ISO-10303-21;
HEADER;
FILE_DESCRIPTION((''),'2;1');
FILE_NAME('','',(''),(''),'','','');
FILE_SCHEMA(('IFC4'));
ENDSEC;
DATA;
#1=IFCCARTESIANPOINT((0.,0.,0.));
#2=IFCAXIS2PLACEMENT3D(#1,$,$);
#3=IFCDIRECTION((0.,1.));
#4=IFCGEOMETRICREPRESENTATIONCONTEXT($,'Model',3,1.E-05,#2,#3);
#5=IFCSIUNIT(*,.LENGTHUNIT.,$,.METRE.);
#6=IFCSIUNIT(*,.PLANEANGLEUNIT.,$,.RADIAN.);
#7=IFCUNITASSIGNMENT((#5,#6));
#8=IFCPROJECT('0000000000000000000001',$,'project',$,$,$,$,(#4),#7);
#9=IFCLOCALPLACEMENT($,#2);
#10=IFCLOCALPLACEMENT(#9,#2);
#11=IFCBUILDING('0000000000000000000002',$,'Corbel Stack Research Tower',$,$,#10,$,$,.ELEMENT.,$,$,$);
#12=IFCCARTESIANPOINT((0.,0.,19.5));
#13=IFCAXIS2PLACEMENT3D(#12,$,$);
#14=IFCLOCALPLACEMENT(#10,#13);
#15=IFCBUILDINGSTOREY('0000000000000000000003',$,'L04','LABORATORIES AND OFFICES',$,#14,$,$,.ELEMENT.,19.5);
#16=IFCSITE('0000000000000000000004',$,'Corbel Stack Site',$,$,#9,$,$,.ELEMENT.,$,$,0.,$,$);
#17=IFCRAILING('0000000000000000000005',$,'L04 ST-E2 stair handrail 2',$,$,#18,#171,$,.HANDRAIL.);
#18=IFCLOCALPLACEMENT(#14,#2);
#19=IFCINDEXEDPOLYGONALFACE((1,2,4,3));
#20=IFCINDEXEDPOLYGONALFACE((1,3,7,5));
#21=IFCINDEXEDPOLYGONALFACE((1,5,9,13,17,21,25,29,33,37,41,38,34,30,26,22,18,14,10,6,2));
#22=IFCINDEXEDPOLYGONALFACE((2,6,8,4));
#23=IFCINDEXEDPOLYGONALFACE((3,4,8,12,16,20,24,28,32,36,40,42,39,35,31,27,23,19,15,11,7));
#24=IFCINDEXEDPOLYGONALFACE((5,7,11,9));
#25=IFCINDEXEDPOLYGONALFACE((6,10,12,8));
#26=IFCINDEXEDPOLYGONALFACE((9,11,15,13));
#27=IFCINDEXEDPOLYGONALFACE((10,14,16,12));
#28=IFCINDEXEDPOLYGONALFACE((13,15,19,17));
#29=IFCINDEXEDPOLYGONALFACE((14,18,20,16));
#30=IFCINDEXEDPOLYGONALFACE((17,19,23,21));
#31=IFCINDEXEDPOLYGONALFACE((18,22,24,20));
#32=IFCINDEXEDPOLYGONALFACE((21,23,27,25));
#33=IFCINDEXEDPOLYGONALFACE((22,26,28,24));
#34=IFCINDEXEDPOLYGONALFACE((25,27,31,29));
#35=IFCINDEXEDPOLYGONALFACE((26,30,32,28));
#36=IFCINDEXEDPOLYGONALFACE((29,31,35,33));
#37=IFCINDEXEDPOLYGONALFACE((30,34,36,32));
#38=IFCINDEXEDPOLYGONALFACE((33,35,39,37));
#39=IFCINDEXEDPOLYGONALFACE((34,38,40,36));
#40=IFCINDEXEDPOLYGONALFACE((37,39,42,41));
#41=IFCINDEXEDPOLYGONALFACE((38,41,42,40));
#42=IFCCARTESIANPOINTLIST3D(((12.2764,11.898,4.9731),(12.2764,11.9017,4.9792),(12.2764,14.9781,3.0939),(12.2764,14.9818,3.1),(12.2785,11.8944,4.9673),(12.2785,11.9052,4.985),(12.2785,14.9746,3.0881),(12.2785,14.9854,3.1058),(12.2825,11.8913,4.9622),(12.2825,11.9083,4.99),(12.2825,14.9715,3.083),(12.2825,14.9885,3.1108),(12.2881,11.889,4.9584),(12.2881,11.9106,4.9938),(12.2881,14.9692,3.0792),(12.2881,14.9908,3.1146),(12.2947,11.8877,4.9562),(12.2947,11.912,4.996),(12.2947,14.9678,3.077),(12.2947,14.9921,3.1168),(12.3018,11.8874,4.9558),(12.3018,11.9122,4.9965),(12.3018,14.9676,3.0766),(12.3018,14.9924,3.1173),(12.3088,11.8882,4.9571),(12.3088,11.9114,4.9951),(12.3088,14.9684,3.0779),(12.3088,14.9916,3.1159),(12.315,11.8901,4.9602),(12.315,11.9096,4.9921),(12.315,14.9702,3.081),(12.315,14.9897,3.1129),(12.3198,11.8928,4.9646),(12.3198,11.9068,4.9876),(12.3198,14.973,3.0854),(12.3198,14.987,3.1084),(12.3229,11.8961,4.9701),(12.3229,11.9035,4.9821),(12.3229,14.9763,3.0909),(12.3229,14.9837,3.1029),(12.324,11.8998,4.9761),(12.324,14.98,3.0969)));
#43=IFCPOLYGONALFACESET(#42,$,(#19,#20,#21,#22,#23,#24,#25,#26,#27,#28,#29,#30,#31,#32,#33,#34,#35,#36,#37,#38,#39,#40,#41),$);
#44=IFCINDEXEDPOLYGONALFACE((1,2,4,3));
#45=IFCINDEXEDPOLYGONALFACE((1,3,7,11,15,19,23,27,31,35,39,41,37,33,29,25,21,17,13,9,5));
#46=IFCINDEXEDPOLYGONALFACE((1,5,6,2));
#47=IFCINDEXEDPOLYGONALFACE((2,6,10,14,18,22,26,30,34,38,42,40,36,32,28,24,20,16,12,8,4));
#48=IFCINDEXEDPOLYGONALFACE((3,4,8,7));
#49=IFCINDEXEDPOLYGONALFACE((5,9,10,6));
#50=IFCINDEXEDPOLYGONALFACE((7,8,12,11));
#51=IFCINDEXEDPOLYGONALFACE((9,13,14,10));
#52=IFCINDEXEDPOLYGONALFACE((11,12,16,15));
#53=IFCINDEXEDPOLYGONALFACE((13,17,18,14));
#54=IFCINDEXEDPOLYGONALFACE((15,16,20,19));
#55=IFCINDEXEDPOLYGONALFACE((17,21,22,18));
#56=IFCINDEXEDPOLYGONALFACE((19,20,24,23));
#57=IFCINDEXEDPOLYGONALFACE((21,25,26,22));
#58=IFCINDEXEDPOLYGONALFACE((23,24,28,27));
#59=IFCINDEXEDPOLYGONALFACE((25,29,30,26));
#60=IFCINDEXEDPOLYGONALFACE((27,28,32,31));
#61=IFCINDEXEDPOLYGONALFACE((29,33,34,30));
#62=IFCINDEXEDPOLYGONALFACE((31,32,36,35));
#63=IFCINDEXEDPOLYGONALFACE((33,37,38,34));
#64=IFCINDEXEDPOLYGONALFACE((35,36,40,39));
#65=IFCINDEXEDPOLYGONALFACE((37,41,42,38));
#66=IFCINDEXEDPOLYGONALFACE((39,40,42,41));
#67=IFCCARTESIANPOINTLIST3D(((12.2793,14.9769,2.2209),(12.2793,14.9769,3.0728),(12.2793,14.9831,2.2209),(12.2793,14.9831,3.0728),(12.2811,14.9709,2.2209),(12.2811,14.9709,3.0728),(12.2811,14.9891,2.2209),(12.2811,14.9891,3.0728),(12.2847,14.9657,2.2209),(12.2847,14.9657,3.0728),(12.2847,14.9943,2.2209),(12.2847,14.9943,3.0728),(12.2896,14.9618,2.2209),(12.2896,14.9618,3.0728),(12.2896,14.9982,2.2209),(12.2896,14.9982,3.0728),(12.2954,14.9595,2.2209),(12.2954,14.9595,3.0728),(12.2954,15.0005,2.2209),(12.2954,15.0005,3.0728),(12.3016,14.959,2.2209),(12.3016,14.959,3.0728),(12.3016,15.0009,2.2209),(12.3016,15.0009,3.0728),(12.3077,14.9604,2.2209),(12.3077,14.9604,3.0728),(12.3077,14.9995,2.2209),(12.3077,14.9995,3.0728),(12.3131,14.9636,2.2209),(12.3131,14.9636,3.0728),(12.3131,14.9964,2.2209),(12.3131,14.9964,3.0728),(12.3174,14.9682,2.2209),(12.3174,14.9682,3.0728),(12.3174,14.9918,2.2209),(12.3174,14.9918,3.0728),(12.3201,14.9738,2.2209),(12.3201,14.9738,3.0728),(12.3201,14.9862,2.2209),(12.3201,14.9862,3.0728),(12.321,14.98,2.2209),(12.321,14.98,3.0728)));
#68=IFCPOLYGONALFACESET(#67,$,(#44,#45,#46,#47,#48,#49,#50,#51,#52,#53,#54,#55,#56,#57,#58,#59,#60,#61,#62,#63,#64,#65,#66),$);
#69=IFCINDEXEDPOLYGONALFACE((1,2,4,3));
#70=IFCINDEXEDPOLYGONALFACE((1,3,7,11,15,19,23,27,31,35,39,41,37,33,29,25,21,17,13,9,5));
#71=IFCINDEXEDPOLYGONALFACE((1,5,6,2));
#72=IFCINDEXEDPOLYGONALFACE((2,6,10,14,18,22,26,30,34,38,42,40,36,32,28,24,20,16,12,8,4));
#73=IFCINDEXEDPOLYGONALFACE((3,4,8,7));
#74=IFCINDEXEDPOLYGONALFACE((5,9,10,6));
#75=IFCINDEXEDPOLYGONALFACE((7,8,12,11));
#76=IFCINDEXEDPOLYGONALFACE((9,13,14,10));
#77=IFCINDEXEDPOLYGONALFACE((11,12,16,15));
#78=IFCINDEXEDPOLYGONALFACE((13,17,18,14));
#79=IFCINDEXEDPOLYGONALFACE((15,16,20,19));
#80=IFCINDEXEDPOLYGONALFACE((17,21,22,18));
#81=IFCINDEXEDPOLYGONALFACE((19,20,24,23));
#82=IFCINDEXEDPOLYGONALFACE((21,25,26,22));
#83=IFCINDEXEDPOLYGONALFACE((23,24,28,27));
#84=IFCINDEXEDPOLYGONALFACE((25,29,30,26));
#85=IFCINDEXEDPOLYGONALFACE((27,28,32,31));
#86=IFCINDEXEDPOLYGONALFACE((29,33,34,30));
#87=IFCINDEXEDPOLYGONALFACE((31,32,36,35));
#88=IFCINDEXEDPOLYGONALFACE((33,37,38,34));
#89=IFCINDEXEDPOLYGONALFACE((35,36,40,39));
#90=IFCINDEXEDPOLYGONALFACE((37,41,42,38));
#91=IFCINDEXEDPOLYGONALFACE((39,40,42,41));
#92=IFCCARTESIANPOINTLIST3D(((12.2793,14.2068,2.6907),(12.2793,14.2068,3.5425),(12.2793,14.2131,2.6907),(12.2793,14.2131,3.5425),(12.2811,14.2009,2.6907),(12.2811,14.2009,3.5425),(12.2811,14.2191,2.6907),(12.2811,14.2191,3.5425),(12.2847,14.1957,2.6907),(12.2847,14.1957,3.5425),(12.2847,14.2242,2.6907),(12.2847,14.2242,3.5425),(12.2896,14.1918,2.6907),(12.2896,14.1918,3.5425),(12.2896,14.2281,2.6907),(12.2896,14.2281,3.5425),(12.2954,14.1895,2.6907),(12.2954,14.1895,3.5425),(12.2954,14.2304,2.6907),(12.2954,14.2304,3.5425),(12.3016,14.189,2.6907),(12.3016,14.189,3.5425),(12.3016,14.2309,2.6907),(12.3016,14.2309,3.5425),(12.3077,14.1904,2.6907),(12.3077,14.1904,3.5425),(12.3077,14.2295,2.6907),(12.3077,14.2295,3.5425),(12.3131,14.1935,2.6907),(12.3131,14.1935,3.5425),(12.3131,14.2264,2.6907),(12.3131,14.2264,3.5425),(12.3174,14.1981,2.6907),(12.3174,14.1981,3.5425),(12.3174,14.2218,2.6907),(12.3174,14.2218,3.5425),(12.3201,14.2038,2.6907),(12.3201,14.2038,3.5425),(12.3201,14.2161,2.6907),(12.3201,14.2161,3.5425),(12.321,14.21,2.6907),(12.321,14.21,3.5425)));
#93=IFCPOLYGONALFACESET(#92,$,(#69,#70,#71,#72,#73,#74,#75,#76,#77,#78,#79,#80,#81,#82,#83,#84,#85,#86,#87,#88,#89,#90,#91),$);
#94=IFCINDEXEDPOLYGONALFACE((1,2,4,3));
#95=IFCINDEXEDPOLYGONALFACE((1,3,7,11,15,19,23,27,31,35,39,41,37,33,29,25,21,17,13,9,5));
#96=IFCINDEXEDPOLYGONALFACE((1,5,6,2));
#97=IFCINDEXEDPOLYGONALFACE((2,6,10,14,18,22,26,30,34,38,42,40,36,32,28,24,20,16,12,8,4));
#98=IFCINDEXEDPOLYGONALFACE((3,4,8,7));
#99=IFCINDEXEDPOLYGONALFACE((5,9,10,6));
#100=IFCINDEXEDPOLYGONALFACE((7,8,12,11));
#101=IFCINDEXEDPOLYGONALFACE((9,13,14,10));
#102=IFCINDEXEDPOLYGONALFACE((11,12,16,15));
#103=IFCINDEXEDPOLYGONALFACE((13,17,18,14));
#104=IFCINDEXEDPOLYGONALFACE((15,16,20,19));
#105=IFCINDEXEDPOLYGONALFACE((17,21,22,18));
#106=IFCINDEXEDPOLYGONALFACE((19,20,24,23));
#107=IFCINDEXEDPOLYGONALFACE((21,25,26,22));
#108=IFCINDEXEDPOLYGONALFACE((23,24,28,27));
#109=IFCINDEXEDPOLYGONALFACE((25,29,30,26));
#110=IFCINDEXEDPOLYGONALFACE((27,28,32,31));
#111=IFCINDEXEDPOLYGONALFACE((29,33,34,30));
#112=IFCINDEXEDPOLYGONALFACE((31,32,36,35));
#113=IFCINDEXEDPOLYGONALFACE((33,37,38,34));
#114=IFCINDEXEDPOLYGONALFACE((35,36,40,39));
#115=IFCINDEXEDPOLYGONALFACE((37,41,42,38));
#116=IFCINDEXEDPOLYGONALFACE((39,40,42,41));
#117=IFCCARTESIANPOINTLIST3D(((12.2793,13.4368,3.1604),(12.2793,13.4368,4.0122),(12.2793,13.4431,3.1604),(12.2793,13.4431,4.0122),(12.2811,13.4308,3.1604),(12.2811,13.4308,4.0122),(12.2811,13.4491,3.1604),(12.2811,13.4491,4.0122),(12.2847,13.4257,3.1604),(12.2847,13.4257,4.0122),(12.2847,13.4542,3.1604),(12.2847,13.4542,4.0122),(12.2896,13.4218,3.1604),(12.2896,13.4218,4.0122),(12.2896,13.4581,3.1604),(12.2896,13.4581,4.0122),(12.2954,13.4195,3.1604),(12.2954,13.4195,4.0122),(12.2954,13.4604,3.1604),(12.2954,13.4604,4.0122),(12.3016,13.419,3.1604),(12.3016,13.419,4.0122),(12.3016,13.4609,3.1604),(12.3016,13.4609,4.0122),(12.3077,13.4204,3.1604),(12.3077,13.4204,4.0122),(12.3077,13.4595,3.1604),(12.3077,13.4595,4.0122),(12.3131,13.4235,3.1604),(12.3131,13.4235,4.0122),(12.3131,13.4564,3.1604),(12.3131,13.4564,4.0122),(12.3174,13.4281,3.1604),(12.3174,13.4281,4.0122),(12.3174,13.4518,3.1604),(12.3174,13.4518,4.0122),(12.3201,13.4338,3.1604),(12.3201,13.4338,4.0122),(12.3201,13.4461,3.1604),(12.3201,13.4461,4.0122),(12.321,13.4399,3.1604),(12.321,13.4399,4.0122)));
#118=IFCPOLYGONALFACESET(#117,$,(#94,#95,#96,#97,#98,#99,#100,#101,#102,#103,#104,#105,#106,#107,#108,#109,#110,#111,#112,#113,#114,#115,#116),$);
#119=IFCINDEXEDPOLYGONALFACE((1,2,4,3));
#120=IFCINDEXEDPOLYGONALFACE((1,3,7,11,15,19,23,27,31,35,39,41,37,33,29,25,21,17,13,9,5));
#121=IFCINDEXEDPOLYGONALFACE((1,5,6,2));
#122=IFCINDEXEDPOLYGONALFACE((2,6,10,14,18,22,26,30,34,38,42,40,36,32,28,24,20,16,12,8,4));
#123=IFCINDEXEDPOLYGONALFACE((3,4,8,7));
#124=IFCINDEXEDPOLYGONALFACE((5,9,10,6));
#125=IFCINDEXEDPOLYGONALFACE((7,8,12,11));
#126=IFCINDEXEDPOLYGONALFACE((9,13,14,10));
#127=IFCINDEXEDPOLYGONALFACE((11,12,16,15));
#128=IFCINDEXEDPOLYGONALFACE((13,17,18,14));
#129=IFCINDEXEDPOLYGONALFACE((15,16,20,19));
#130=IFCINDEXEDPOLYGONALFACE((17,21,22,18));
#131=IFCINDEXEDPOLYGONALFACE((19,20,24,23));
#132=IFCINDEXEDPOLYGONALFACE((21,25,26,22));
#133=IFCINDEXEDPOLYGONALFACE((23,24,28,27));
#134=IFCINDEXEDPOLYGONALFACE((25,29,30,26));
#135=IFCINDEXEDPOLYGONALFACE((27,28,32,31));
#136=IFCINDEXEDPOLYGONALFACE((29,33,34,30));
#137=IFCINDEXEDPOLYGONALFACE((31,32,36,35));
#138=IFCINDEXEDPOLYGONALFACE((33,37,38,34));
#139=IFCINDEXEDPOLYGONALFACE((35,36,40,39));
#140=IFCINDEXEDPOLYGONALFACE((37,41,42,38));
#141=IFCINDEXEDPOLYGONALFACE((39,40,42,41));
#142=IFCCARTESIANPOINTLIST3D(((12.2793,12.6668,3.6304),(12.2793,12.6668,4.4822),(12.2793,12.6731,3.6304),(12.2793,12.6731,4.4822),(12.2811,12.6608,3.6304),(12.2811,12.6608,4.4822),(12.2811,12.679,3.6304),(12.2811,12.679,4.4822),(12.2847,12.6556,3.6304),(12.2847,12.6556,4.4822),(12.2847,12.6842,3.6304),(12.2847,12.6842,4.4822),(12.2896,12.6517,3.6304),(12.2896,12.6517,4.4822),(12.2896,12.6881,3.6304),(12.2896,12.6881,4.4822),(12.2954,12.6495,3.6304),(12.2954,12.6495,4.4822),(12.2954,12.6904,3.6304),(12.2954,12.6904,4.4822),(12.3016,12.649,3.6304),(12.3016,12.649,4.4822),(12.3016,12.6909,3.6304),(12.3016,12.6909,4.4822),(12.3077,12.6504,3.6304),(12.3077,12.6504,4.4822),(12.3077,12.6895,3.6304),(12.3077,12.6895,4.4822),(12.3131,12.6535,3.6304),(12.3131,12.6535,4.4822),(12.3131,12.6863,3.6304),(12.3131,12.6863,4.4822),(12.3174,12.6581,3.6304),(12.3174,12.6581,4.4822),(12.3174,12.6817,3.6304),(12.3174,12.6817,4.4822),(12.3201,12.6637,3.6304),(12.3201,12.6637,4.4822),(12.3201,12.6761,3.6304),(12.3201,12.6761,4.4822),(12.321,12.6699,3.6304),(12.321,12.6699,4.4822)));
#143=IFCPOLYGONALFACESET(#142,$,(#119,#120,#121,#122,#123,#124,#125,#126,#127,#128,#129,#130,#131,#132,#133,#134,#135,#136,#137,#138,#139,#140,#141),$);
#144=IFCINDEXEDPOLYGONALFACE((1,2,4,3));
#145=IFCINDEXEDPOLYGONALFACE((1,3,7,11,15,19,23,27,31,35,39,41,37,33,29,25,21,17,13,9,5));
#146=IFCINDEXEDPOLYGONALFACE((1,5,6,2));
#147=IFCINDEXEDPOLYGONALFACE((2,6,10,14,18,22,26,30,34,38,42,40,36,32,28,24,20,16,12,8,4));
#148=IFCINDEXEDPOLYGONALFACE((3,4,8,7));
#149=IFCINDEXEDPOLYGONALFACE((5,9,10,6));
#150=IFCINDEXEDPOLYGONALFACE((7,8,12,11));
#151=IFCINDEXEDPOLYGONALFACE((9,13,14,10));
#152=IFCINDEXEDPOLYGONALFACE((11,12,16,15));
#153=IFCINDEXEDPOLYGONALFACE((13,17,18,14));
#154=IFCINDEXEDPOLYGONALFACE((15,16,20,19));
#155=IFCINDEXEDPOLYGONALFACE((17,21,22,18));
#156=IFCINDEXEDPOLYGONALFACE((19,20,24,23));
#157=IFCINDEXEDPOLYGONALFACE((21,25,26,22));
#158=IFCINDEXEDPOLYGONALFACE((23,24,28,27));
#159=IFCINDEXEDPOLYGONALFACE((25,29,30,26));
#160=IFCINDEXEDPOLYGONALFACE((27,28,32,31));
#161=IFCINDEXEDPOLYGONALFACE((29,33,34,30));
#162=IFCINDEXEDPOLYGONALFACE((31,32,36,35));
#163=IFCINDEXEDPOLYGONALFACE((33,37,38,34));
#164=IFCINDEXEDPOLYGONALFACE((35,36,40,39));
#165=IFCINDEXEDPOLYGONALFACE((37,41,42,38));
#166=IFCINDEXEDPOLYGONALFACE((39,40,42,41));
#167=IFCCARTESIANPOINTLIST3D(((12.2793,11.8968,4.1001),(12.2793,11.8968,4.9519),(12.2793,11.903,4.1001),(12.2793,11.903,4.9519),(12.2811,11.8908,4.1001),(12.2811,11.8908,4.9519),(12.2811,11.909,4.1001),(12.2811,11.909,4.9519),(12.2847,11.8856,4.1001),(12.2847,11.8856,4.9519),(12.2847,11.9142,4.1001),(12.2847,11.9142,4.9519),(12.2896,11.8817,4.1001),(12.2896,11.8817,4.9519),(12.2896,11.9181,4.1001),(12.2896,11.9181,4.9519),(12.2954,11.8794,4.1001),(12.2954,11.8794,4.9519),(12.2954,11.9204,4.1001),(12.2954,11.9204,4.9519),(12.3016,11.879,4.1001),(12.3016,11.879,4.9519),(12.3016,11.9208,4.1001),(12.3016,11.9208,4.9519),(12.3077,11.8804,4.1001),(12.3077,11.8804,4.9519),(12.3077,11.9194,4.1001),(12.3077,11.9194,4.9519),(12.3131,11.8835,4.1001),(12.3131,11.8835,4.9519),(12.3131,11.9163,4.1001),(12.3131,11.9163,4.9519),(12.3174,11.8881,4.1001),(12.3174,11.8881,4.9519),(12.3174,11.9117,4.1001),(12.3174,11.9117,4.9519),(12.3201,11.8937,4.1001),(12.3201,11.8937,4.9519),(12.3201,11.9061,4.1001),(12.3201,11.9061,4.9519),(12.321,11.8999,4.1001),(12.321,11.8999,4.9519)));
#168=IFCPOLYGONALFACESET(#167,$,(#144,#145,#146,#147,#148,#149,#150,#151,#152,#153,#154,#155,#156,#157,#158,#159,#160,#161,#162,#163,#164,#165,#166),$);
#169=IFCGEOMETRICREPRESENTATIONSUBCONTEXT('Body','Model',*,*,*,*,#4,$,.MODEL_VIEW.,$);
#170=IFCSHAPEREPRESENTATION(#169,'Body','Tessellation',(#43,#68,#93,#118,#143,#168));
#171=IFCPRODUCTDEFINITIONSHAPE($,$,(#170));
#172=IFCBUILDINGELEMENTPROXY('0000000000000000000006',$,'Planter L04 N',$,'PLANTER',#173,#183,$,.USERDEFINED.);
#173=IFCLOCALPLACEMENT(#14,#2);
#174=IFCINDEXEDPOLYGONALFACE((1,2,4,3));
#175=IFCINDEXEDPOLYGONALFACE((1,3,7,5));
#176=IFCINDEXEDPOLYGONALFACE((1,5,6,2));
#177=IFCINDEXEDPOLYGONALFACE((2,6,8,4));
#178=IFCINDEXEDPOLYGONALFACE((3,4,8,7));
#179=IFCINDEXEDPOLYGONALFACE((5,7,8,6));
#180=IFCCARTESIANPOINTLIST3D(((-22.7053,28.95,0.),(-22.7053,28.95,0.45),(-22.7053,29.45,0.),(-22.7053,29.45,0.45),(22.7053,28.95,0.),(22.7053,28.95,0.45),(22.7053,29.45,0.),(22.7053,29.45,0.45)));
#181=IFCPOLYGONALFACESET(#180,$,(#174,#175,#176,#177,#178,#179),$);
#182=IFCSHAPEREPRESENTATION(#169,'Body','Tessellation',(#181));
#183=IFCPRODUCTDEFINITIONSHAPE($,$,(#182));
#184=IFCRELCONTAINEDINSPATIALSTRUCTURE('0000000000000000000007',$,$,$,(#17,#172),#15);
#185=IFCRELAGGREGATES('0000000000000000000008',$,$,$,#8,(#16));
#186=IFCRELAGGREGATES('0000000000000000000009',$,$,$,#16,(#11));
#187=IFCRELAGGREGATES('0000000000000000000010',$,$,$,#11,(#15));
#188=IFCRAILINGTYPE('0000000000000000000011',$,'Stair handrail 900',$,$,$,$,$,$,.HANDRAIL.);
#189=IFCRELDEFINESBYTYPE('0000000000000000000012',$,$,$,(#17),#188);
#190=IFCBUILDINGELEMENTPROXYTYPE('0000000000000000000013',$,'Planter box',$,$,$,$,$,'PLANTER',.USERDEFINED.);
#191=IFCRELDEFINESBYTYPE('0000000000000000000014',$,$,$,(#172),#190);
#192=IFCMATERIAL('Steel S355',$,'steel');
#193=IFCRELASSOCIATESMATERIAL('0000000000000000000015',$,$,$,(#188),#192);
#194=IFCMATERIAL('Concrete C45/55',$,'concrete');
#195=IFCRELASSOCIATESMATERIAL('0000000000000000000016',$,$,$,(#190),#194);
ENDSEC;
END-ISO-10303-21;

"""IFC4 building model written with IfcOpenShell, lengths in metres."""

from ifc_helpers import new_model, si_unit, direction, frame, origin, origin_2d, place, context, subcontext, project, spatial, rectangle, circle, extrude, material, type_object, element, save


model = new_model("IFC4")

# Units and contexts
model_context = context("Model", 3, precision=1e-05, world=origin(), true_north=direction((0.0, 1.0)))
body_context = subcontext(model_context, "Body", "Model", "MODEL_VIEW")
ifc_project = project(units=[si_unit("LENGTHUNIT", "METRE"), si_unit("PLANEANGLEUNIT", "RADIAN")], contexts=[model_context])

# Site, building, storey
site_placement = place(None, origin())
site = spatial("IfcSite", under=ifc_project, at=site_placement, Name="Corbel Stack Site", CompositionType="ELEMENT", RefElevation=0.0)
building_placement = place(site_placement, origin())
building = spatial("IfcBuilding", under=site, at=building_placement, Name="Corbel Stack Research Tower", CompositionType="ELEMENT")
storey_placement = place(building_placement, frame((0.0, 0.0, 19.5)))
storey = spatial("IfcBuildingStorey", under=building, at=storey_placement, Name="L04", Description="LABORATORIES AND OFFICES", CompositionType="ELEMENT", Elevation=19.5)

# Railing
ifc_material_1 = material(Name="Steel S355", Category="steel")
railing_type = type_object("IfcRailingType", Name="Stair handrail 900", PredefinedType="HANDRAIL", material=ifc_material_1)
railing_placement = place(storey_placement, frame((12.3, 14.98, 2.2209)))
element("IfcRailing", 1, at=railing_placement, inside=storey, type_object=railing_type, Name="L04 ST-E2 stair handrail 2", PredefinedType="HANDRAIL", context=body_context, shape_type="SweptSolid", body=[
    extrude(circle(Radius=0.0239, at=origin_2d()), frame((0.0, 0.0, 0.876), z_axis=(0.0, -0.853666, 0.52082), x_axis=(1.0, 0.0, 0.0)), (0.0, 0.0, 1.0), 3.6082),
    extrude(circle(Radius=0.021, at=origin_2d()), origin(), (0.0, 0.0, 1.0), 0.8518),
    extrude(circle(Radius=0.021, at=origin_2d()), frame((0.0, -0.77, 0.4697)), (0.0, 0.0, 1.0), 0.8518),
    extrude(circle(Radius=0.021, at=origin_2d()), frame((0.0, -1.54, 0.9395)), (0.0, 0.0, 1.0), 0.8518),
    extrude(circle(Radius=0.021, at=origin_2d()), frame((0.0, -2.3101, 1.4094)), (0.0, 0.0, 1.0), 0.8518),
    extrude(circle(Radius=0.021, at=origin_2d()), frame((0.0, -3.0801, 1.8792)), (0.0, 0.0, 1.0), 0.8518),
])

# Building element proxy
ifc_material_2 = material(Name="Concrete C45/55", Category="concrete")
building_element_proxy_type = type_object("IfcBuildingElementProxyType", Name="Planter box", ElementType="PLANTER", PredefinedType="USERDEFINED", material=ifc_material_2)
proxy_placement = place(storey_placement, frame((0.0, 29.2, 0.0), z_axis=(0.0, 0.0, 1.0), x_axis=(-1.0, 0.0, 0.0)))
element("IfcBuildingElementProxy", 2, at=proxy_placement, inside=storey, type_object=building_element_proxy_type, Name="Planter L04 N", ObjectType="PLANTER", PredefinedType="USERDEFINED", context=body_context, shape_type="SweptSolid", body=[
    extrude(rectangle(XDim=45.4106, YDim=0.5, at=origin_2d()), origin(), (0.0, 0.0, 1.0), 0.45),
])

save(model, "model.ifc")
